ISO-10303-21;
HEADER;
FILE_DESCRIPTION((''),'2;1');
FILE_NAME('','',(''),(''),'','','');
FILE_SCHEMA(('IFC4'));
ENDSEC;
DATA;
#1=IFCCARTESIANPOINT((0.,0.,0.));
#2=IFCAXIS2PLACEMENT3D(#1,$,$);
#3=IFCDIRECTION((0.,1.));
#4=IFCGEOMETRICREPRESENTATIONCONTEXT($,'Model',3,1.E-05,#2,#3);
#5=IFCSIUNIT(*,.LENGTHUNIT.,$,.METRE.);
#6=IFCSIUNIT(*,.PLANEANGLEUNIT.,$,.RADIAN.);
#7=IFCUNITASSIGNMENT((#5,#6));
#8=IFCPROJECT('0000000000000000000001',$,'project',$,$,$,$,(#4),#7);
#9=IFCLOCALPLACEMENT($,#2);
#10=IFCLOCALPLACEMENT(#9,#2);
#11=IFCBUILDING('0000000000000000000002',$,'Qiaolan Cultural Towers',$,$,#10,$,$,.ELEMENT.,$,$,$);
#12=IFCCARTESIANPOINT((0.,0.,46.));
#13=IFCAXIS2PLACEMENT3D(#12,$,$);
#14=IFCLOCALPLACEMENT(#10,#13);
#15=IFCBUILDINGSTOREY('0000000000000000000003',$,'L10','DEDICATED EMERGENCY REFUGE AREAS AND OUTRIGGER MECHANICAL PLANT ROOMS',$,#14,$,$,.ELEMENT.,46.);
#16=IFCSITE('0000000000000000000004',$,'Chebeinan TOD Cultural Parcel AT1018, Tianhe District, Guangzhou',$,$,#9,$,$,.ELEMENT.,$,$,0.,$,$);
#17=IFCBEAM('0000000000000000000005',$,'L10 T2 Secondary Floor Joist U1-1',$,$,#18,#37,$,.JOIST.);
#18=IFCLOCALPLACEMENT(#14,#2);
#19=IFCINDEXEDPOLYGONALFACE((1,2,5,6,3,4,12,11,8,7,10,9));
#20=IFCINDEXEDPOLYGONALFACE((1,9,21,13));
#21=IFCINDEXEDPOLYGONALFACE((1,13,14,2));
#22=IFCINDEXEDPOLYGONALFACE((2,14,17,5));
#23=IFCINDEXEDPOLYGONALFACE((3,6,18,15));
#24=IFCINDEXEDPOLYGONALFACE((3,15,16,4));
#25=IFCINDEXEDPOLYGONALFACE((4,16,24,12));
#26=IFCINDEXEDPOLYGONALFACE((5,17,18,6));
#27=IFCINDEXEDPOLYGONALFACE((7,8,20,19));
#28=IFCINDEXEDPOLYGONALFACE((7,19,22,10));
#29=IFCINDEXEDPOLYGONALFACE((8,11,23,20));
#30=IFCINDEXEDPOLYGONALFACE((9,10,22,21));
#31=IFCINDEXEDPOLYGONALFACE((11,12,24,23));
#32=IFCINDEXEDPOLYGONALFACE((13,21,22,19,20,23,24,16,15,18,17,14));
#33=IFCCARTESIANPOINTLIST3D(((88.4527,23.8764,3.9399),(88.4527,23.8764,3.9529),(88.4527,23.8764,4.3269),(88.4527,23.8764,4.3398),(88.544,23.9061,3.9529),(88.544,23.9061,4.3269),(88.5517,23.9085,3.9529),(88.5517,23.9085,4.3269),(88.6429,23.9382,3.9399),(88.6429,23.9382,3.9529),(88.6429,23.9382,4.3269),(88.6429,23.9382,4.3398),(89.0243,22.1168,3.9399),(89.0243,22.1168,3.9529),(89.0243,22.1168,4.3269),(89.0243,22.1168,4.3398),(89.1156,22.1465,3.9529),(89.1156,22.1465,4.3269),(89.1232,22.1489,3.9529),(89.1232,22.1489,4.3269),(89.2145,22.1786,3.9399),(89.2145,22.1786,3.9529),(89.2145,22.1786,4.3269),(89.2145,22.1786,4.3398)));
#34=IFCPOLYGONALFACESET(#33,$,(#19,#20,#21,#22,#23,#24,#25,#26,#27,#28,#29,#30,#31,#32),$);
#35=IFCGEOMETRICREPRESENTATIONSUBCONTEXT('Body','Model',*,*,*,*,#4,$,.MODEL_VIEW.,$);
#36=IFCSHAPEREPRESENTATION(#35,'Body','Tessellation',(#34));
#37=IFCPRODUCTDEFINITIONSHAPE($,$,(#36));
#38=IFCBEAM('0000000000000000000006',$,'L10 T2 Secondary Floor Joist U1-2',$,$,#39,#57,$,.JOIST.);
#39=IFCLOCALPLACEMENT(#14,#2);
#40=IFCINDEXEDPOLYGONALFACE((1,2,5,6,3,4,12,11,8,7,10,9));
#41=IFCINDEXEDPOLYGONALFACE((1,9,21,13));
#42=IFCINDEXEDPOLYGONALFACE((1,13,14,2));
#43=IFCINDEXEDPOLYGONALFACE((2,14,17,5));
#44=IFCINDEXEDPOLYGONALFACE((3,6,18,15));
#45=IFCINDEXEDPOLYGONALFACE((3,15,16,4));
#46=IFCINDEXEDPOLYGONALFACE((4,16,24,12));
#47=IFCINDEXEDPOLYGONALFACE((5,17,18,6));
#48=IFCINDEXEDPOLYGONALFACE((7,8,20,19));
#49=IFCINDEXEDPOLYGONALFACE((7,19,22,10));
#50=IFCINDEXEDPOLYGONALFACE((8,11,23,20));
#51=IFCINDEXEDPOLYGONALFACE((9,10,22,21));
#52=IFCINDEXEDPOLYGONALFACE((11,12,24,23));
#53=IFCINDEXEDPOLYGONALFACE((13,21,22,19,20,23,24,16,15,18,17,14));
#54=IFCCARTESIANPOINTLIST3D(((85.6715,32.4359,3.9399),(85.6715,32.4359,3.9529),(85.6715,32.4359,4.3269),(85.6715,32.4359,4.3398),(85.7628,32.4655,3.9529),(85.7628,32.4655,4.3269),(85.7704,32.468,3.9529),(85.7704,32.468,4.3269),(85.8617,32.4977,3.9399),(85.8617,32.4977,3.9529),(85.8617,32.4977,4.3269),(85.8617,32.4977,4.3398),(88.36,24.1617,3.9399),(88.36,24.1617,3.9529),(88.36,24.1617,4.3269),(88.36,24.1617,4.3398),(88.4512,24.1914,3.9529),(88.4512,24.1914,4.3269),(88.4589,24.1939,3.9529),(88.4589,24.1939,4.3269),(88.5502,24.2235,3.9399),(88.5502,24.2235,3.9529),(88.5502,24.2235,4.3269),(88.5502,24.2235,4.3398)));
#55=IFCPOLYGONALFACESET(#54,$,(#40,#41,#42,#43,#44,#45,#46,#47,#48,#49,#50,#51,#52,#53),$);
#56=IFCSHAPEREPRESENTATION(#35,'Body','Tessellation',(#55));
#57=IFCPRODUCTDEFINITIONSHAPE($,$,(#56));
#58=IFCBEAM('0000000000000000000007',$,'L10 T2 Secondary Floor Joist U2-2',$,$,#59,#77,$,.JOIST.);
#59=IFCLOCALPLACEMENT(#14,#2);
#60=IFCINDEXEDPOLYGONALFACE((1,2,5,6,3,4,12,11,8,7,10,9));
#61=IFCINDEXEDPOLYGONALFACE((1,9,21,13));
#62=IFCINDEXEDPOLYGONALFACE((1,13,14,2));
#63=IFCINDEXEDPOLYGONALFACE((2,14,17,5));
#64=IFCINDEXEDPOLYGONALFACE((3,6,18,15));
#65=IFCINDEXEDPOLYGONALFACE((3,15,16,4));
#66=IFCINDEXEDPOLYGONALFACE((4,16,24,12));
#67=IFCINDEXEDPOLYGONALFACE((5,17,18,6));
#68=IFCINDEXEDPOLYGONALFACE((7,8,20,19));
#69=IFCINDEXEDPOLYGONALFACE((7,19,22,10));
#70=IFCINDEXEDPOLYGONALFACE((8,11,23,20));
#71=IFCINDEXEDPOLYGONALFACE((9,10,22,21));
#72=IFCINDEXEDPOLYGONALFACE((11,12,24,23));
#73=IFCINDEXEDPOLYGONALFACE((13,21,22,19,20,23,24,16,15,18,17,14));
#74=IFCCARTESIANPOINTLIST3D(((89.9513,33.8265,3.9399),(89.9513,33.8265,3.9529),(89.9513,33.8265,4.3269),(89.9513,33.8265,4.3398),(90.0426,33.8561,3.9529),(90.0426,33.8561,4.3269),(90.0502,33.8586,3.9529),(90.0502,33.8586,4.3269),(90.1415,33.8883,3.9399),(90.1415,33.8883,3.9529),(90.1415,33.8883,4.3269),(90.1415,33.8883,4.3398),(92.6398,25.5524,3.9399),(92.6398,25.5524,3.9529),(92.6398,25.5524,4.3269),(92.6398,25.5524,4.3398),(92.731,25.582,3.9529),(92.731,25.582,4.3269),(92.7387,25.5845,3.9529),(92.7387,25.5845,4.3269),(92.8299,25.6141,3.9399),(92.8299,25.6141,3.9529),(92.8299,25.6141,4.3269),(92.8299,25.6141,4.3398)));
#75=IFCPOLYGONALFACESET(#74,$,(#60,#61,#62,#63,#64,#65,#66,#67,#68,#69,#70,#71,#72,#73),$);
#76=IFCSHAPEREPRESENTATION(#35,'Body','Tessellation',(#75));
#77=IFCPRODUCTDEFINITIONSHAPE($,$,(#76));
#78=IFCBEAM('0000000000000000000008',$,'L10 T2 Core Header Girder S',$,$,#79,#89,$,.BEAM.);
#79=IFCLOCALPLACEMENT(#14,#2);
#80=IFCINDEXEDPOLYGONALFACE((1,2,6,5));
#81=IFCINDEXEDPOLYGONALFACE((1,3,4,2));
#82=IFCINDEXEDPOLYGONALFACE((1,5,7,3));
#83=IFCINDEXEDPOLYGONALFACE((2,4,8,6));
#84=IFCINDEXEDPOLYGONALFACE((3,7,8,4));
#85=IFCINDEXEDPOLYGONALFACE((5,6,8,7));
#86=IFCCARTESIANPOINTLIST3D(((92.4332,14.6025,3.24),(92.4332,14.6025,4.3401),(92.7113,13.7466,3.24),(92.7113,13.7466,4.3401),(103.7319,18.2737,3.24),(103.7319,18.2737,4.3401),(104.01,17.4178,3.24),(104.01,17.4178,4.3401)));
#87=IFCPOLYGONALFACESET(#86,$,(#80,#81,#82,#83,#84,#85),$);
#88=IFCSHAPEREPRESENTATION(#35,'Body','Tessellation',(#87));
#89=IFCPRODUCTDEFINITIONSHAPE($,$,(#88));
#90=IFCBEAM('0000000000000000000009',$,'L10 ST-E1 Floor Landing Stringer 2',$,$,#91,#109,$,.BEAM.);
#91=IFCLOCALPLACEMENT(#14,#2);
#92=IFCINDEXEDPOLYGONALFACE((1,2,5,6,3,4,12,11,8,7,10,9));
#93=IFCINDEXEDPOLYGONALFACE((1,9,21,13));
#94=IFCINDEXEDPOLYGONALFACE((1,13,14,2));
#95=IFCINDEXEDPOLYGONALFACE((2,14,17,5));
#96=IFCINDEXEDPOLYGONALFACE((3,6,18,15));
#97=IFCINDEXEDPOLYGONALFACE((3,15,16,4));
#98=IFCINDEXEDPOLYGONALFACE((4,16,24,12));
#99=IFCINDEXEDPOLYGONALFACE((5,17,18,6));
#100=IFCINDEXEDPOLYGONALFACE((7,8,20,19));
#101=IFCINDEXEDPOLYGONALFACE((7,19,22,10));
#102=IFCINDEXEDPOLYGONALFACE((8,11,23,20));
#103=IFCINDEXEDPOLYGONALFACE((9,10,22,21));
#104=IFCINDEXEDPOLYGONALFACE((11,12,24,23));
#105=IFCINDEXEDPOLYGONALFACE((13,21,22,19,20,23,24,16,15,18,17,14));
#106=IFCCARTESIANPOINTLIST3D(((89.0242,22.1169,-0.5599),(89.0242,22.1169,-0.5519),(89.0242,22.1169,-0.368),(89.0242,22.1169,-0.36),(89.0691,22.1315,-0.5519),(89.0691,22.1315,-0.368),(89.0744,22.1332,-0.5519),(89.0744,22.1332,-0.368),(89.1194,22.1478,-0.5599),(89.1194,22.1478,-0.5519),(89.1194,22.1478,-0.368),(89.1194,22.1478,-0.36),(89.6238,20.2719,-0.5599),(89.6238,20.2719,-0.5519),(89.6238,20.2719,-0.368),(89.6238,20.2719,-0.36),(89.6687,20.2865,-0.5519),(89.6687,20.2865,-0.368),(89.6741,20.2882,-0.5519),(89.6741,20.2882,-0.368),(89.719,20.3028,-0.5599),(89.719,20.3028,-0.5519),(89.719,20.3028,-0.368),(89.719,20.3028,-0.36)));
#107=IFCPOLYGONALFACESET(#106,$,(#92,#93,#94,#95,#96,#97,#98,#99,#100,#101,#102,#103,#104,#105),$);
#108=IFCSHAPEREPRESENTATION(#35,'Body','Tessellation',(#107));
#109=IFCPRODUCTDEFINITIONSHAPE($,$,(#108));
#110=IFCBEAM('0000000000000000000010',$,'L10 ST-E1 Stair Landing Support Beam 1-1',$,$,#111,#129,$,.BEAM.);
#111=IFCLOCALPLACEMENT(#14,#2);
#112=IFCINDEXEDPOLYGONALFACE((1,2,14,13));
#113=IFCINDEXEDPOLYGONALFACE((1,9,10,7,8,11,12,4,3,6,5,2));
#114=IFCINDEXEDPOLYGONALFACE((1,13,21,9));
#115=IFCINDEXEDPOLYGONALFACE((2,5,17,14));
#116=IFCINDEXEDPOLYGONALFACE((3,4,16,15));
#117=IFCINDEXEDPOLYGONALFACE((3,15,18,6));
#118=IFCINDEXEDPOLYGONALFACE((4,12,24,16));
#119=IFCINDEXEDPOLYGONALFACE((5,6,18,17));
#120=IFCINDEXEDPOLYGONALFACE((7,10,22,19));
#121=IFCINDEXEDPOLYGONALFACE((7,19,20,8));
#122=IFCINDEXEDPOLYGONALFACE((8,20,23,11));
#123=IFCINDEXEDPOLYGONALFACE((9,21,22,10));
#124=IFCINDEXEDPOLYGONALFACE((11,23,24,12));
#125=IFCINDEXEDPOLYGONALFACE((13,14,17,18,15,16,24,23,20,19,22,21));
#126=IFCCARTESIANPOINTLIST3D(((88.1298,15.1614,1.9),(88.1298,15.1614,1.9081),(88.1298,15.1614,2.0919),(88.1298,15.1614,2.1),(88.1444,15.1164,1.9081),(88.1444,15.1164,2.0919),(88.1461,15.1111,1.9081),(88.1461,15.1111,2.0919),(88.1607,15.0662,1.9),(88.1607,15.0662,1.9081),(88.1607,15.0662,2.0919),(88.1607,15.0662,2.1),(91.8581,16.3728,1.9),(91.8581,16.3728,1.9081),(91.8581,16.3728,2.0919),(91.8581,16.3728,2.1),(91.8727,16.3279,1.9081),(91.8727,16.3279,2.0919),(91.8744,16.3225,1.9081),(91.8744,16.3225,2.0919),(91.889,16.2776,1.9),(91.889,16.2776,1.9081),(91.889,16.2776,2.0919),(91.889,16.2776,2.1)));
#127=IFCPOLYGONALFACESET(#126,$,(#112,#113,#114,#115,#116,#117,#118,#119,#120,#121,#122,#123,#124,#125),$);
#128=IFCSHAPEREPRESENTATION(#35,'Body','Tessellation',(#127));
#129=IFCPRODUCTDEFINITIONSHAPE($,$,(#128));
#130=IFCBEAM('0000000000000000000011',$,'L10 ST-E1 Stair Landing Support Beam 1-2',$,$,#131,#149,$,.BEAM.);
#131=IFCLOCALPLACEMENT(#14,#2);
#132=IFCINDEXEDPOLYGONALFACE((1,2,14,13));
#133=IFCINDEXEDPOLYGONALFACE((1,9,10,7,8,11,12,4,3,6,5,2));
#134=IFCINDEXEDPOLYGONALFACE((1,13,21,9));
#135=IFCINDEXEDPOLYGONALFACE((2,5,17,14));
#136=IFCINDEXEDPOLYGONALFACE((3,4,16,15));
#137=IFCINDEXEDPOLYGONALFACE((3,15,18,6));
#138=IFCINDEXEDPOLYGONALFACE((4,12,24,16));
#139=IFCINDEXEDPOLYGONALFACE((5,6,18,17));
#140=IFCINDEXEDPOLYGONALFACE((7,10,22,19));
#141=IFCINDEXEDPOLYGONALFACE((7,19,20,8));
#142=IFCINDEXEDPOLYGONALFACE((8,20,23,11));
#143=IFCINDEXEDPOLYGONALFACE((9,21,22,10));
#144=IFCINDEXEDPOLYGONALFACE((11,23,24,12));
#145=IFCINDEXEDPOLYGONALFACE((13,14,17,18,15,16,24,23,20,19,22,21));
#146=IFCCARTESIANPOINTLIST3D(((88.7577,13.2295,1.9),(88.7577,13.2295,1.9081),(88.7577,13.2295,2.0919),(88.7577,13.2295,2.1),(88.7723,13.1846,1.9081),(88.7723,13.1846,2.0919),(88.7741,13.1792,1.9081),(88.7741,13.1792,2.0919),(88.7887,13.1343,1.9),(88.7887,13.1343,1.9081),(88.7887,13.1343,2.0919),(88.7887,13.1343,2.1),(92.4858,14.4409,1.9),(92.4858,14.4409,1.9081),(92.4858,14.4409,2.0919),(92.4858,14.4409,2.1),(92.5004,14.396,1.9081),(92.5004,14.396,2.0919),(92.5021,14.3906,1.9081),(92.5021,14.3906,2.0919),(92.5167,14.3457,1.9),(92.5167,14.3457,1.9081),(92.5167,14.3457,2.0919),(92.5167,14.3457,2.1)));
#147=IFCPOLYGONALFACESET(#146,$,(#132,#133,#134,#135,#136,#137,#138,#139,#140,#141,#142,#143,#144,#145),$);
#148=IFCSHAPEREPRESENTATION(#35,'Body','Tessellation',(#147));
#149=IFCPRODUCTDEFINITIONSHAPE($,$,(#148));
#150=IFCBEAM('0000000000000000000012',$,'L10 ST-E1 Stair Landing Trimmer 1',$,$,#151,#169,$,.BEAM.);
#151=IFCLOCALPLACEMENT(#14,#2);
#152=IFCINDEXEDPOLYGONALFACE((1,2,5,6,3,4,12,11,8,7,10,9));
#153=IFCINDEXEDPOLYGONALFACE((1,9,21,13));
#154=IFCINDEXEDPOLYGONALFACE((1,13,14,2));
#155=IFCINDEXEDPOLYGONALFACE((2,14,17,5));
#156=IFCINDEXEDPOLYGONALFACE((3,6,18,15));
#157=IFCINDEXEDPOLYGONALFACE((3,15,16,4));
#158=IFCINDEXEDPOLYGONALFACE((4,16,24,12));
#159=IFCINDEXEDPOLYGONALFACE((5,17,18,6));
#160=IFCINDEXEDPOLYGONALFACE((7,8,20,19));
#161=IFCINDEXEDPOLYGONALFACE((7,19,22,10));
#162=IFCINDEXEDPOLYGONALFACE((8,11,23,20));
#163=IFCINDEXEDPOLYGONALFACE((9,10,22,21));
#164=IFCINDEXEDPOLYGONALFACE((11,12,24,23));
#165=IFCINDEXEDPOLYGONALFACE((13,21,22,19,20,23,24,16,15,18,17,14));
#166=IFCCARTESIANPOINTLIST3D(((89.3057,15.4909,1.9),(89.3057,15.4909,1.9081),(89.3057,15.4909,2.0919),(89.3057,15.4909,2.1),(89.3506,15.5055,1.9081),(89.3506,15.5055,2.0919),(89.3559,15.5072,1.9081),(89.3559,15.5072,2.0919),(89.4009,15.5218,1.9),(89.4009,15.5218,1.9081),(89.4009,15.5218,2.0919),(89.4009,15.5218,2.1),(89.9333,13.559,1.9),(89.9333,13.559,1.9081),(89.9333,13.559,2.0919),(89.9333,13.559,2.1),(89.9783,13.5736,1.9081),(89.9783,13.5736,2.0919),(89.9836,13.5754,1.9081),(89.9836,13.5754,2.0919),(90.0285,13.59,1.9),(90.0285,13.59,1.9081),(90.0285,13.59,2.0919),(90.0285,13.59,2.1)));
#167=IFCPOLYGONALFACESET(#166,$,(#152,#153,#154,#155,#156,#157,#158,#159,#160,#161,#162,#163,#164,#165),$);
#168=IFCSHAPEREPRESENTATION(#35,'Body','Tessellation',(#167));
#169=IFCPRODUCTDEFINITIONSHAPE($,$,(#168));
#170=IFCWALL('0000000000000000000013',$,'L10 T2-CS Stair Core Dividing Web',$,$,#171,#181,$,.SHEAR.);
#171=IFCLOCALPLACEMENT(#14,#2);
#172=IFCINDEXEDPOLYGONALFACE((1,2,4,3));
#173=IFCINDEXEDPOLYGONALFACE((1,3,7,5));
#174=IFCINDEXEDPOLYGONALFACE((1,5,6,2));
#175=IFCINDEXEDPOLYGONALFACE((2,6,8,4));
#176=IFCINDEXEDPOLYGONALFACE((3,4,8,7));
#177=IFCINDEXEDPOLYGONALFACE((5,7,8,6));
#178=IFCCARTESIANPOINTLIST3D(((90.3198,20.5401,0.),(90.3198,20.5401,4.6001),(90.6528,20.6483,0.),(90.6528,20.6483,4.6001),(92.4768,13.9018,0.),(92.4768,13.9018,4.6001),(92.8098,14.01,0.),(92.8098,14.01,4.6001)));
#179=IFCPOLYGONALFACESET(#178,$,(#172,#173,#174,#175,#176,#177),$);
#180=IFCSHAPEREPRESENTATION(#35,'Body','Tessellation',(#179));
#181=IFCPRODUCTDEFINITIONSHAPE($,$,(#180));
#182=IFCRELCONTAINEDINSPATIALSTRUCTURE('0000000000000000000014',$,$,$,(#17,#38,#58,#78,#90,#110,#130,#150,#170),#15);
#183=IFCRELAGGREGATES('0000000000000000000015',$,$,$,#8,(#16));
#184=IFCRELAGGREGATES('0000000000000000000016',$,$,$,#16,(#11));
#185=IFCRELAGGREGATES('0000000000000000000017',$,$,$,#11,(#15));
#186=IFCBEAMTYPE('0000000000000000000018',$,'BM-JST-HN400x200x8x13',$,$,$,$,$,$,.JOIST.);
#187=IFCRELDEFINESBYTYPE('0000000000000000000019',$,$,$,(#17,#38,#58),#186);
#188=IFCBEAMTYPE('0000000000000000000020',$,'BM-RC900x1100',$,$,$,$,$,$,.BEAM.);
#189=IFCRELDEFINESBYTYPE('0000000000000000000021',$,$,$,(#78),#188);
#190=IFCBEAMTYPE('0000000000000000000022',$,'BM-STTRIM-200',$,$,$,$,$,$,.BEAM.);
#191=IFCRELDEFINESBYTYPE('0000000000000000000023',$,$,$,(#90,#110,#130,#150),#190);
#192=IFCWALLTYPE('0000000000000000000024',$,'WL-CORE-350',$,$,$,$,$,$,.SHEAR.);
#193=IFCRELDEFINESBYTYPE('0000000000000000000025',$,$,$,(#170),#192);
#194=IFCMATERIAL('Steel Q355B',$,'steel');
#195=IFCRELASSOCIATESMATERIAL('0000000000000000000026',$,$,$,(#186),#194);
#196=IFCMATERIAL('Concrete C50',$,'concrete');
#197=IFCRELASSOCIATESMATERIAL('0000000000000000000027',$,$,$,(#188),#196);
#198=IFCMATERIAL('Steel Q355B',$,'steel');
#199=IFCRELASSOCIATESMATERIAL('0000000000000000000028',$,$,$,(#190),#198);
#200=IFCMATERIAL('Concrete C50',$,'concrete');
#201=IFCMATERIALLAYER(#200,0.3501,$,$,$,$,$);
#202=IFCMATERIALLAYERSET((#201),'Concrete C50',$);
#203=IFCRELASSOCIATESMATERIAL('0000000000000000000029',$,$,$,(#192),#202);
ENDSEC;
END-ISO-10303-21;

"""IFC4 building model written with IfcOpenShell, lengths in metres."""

from ifc_helpers import new_model, si_unit, direction, frame, frame_2d, origin, origin_2d, place, context, subcontext, project, spatial, rectangle, i_section, extrude, material, layer, layer_set, material_profile, profile_set, type_object, element, save


model = new_model("IFC4")

# Units and contexts
model_context = context("Model", 3, precision=1e-05, world=origin(), true_north=direction((0.0, 1.0)))
body_context = subcontext(model_context, "Body", "Model", "MODEL_VIEW")
ifc_project = project(units=[si_unit("LENGTHUNIT", "METRE"), si_unit("PLANEANGLEUNIT", "RADIAN")], contexts=[model_context])

# Site, building, storey
site_placement = place(None, origin())
site = spatial("IfcSite", under=ifc_project, at=site_placement, Name="Chebeinan TOD Cultural Parcel AT1018, Tianhe District, Guangzhou", CompositionType="ELEMENT", RefElevation=0.0)
building_placement = place(site_placement, origin())
building = spatial("IfcBuilding", under=site, at=building_placement, Name="Qiaolan Cultural Towers", CompositionType="ELEMENT")
storey_placement = place(building_placement, frame((0.0, 0.0, 46.0)))
storey = spatial("IfcBuildingStorey", under=building, at=storey_placement, Name="L10", Description="DEDICATED EMERGENCY REFUGE AREAS AND OUTRIGGER MECHANICAL PLANT ROOMS", CompositionType="ELEMENT", Elevation=46.0)

# Beams
ifc_material_1 = material(Name="Steel Q355B", Category="steel")
ifc_material_profile_1 = material_profile(ifc_material_1, i_section(OverallWidth=0.2, OverallDepth=0.3999, WebThickness=0.0081, FlangeThickness=0.0129, at=origin_2d()), Name="HN400x200x8x13")
ifc_profile_set_1 = profile_set([ifc_material_profile_1], Name="Steel Q355B")
beam_type_1 = type_object("IfcBeamType", Name="BM-JST-HN400x200x8x13", PredefinedType="JOIST", material=ifc_profile_set_1)
beam_1_placement = place(storey_placement, frame((89.1194, 22.1477, 4.1399), z_axis=(-0.308934, 0.951084, 0.0), x_axis=(-0.951084, -0.308934, 0.0)))
element("IfcBeam", 1, at=beam_1_placement, inside=storey, type_object=beam_type_1, Name="L10 T2 Secondary Floor Joist U1-1", PredefinedType="JOIST", context=body_context, shape_type="SweptSolid", body=[
    extrude(i_section(OverallWidth=0.2, OverallDepth=0.3999, WebThickness=0.0081, FlangeThickness=0.0129, at=origin_2d()), origin(), (0.0, 0.0, 1.0), 1.8501),
])
for number, where, z_axis, x_axis, name in (
    (2, (88.4551, 24.1926, 4.1399), (-0.309021, 0.951055, 0.0), (-0.951055, -0.309021, 0.0), "L10 T2 Secondary Floor Joist U1-2"),
    (3, (92.7349, 25.5833, 4.1399), (-0.309021, 0.951055, 0.0), (-0.951055, -0.309021, 0.0), "L10 T2 Secondary Floor Joist U2-2"),
):
    element("IfcBeam", number, at=place(storey_placement, frame(where, z_axis=z_axis, x_axis=x_axis)), inside=storey, type_object=beam_type_1, Name=name, PredefinedType="JOIST", context=body_context, shape_type="SweptSolid", body=[
        extrude(i_section(OverallWidth=0.2, OverallDepth=0.3999, WebThickness=0.0081, FlangeThickness=0.0129, at=origin_2d()), origin(), (0.0, 0.0, 1.0), 8.7),
    ])
ifc_material_2 = material(Name="Concrete C50", Category="concrete")
ifc_material_profile_2 = material_profile(ifc_material_2, rectangle(XDim=0.8999, YDim=1.1001, at=origin_2d()), Name="RC900x1100")
ifc_profile_set_2 = profile_set([ifc_material_profile_2], Name="Concrete C50")
beam_type_2 = type_object("IfcBeamType", Name="BM-RC900x1100", PredefinedType="BEAM", material=ifc_profile_set_2)
beam_2_placement = place(storey_placement, frame((92.5723, 14.1746, 3.79), z_axis=(0.951056, 0.309018, 0.0), x_axis=(-0.309018, 0.951056, 0.0)))
element("IfcBeam", 4, at=beam_2_placement, inside=storey, type_object=beam_type_2, Name="L10 T2 Core Header Girder S", PredefinedType="BEAM", context=body_context, shape_type="SweptSolid", body=[
    extrude(rectangle(XDim=0.8999, YDim=1.1001, at=origin_2d()), origin(), (0.0, 0.0, 1.0), 11.8801),
])
ifc_material_3 = material(Name="Steel Q355B", Category="steel")
ifc_material_profile_3 = material_profile(ifc_material_3, i_section(OverallWidth=0.1001, OverallDepth=0.2, WebThickness=0.0056, FlangeThickness=0.0081, at=origin_2d()), Name="HN200x100x5.5x8")
ifc_profile_set_3 = profile_set([ifc_material_profile_3], Name="Steel Q355B")
beam_type_3 = type_object("IfcBeamType", Name="BM-STTRIM-200", PredefinedType="BEAM", material=ifc_profile_set_3)
beam_3_placement = place(storey_placement, frame((89.0718, 22.1323, -0.46), z_axis=(0.309083, -0.951035, 0.0), x_axis=(0.951035, 0.309083, 0.0)))
element("IfcBeam", 5, at=beam_3_placement, inside=storey, type_object=beam_type_3, Name="L10 ST-E1 Floor Landing Stringer 2", PredefinedType="BEAM", context=body_context, shape_type="SweptSolid", body=[
    extrude(i_section(OverallWidth=0.1001, OverallDepth=0.2, WebThickness=0.0056, FlangeThickness=0.0081, at=origin_2d()), origin(), (0.0, 0.0, 1.0), 1.9399),
])
beam_4_placement = place(storey_placement, frame((88.1453, 15.1138, 2.0), z_axis=(0.951054, 0.309026, 0.0), x_axis=(-0.309026, 0.951054, 0.0)))
element("IfcBeam", 6, at=beam_4_placement, inside=storey, type_object=beam_type_3, Name="L10 ST-E1 Stair Landing Support Beam 1-1", PredefinedType="BEAM", context=body_context, shape_type="SweptSolid", body=[
    extrude(i_section(OverallWidth=0.1001, OverallDepth=0.2, WebThickness=0.0056, FlangeThickness=0.0081, at=origin_2d()), origin(), (0.0, 0.0, 1.0), 3.9202),
])
beam_5_placement = place(storey_placement, frame((88.7732, 13.1819, 2.0), z_axis=(0.951048, 0.309044, 0.0), x_axis=(-0.309044, 0.951048, 0.0)))
element("IfcBeam", 7, at=beam_5_placement, inside=storey, type_object=beam_type_3, Name="L10 ST-E1 Stair Landing Support Beam 1-2", PredefinedType="BEAM", context=body_context, shape_type="SweptSolid", body=[
    extrude(i_section(OverallWidth=0.1001, OverallDepth=0.2, WebThickness=0.0056, FlangeThickness=0.0081, at=origin_2d()), origin(), (0.0, 0.0, 1.0), 3.9199),
])
beam_6_placement = place(storey_placement, frame((89.3533, 15.5063, 2.0), z_axis=(0.309007, -0.95106, 0.0), x_axis=(0.95106, 0.309007, 0.0)))
element("IfcBeam", 8, at=beam_6_placement, inside=storey, type_object=beam_type_3, Name="L10 ST-E1 Stair Landing Trimmer 1", PredefinedType="BEAM", context=body_context, shape_type="SweptSolid", body=[
    extrude(i_section(OverallWidth=0.1001, OverallDepth=0.2, WebThickness=0.0056, FlangeThickness=0.0081, at=origin_2d()), origin(), (0.0, 0.0, 1.0), 2.0312),
])

# Wall
ifc_material_4 = material(Name="Concrete C50", Category="concrete")
ifc_layer_1 = layer(ifc_material_4, 0.3501)
ifc_layer_set_1 = layer_set([ifc_layer_1], Name="Concrete C50")
wall_type_1 = type_object("IfcWallType", Name="WL-CORE-350", PredefinedType="SHEAR", material=ifc_layer_set_1)
wall_1_placement = place(storey_placement, frame((90.4863, 20.5942, 0.0), z_axis=(0.0, 0.0, 1.0), x_axis=(0.30902, -0.951055, 0.0)))
element("IfcWall", 9, at=wall_1_placement, inside=storey, type_object=wall_type_1, Name="L10 T2-CS Stair Core Dividing Web", PredefinedType="SHEAR", context=body_context, shape_type="SweptSolid", body=[
    extrude(rectangle(XDim=6.98, YDim=0.3501, at=frame_2d((3.49, 0.0))), origin(), (0.0, 0.0, 1.0), 4.6001),
])

save(model, "model.ifc")
